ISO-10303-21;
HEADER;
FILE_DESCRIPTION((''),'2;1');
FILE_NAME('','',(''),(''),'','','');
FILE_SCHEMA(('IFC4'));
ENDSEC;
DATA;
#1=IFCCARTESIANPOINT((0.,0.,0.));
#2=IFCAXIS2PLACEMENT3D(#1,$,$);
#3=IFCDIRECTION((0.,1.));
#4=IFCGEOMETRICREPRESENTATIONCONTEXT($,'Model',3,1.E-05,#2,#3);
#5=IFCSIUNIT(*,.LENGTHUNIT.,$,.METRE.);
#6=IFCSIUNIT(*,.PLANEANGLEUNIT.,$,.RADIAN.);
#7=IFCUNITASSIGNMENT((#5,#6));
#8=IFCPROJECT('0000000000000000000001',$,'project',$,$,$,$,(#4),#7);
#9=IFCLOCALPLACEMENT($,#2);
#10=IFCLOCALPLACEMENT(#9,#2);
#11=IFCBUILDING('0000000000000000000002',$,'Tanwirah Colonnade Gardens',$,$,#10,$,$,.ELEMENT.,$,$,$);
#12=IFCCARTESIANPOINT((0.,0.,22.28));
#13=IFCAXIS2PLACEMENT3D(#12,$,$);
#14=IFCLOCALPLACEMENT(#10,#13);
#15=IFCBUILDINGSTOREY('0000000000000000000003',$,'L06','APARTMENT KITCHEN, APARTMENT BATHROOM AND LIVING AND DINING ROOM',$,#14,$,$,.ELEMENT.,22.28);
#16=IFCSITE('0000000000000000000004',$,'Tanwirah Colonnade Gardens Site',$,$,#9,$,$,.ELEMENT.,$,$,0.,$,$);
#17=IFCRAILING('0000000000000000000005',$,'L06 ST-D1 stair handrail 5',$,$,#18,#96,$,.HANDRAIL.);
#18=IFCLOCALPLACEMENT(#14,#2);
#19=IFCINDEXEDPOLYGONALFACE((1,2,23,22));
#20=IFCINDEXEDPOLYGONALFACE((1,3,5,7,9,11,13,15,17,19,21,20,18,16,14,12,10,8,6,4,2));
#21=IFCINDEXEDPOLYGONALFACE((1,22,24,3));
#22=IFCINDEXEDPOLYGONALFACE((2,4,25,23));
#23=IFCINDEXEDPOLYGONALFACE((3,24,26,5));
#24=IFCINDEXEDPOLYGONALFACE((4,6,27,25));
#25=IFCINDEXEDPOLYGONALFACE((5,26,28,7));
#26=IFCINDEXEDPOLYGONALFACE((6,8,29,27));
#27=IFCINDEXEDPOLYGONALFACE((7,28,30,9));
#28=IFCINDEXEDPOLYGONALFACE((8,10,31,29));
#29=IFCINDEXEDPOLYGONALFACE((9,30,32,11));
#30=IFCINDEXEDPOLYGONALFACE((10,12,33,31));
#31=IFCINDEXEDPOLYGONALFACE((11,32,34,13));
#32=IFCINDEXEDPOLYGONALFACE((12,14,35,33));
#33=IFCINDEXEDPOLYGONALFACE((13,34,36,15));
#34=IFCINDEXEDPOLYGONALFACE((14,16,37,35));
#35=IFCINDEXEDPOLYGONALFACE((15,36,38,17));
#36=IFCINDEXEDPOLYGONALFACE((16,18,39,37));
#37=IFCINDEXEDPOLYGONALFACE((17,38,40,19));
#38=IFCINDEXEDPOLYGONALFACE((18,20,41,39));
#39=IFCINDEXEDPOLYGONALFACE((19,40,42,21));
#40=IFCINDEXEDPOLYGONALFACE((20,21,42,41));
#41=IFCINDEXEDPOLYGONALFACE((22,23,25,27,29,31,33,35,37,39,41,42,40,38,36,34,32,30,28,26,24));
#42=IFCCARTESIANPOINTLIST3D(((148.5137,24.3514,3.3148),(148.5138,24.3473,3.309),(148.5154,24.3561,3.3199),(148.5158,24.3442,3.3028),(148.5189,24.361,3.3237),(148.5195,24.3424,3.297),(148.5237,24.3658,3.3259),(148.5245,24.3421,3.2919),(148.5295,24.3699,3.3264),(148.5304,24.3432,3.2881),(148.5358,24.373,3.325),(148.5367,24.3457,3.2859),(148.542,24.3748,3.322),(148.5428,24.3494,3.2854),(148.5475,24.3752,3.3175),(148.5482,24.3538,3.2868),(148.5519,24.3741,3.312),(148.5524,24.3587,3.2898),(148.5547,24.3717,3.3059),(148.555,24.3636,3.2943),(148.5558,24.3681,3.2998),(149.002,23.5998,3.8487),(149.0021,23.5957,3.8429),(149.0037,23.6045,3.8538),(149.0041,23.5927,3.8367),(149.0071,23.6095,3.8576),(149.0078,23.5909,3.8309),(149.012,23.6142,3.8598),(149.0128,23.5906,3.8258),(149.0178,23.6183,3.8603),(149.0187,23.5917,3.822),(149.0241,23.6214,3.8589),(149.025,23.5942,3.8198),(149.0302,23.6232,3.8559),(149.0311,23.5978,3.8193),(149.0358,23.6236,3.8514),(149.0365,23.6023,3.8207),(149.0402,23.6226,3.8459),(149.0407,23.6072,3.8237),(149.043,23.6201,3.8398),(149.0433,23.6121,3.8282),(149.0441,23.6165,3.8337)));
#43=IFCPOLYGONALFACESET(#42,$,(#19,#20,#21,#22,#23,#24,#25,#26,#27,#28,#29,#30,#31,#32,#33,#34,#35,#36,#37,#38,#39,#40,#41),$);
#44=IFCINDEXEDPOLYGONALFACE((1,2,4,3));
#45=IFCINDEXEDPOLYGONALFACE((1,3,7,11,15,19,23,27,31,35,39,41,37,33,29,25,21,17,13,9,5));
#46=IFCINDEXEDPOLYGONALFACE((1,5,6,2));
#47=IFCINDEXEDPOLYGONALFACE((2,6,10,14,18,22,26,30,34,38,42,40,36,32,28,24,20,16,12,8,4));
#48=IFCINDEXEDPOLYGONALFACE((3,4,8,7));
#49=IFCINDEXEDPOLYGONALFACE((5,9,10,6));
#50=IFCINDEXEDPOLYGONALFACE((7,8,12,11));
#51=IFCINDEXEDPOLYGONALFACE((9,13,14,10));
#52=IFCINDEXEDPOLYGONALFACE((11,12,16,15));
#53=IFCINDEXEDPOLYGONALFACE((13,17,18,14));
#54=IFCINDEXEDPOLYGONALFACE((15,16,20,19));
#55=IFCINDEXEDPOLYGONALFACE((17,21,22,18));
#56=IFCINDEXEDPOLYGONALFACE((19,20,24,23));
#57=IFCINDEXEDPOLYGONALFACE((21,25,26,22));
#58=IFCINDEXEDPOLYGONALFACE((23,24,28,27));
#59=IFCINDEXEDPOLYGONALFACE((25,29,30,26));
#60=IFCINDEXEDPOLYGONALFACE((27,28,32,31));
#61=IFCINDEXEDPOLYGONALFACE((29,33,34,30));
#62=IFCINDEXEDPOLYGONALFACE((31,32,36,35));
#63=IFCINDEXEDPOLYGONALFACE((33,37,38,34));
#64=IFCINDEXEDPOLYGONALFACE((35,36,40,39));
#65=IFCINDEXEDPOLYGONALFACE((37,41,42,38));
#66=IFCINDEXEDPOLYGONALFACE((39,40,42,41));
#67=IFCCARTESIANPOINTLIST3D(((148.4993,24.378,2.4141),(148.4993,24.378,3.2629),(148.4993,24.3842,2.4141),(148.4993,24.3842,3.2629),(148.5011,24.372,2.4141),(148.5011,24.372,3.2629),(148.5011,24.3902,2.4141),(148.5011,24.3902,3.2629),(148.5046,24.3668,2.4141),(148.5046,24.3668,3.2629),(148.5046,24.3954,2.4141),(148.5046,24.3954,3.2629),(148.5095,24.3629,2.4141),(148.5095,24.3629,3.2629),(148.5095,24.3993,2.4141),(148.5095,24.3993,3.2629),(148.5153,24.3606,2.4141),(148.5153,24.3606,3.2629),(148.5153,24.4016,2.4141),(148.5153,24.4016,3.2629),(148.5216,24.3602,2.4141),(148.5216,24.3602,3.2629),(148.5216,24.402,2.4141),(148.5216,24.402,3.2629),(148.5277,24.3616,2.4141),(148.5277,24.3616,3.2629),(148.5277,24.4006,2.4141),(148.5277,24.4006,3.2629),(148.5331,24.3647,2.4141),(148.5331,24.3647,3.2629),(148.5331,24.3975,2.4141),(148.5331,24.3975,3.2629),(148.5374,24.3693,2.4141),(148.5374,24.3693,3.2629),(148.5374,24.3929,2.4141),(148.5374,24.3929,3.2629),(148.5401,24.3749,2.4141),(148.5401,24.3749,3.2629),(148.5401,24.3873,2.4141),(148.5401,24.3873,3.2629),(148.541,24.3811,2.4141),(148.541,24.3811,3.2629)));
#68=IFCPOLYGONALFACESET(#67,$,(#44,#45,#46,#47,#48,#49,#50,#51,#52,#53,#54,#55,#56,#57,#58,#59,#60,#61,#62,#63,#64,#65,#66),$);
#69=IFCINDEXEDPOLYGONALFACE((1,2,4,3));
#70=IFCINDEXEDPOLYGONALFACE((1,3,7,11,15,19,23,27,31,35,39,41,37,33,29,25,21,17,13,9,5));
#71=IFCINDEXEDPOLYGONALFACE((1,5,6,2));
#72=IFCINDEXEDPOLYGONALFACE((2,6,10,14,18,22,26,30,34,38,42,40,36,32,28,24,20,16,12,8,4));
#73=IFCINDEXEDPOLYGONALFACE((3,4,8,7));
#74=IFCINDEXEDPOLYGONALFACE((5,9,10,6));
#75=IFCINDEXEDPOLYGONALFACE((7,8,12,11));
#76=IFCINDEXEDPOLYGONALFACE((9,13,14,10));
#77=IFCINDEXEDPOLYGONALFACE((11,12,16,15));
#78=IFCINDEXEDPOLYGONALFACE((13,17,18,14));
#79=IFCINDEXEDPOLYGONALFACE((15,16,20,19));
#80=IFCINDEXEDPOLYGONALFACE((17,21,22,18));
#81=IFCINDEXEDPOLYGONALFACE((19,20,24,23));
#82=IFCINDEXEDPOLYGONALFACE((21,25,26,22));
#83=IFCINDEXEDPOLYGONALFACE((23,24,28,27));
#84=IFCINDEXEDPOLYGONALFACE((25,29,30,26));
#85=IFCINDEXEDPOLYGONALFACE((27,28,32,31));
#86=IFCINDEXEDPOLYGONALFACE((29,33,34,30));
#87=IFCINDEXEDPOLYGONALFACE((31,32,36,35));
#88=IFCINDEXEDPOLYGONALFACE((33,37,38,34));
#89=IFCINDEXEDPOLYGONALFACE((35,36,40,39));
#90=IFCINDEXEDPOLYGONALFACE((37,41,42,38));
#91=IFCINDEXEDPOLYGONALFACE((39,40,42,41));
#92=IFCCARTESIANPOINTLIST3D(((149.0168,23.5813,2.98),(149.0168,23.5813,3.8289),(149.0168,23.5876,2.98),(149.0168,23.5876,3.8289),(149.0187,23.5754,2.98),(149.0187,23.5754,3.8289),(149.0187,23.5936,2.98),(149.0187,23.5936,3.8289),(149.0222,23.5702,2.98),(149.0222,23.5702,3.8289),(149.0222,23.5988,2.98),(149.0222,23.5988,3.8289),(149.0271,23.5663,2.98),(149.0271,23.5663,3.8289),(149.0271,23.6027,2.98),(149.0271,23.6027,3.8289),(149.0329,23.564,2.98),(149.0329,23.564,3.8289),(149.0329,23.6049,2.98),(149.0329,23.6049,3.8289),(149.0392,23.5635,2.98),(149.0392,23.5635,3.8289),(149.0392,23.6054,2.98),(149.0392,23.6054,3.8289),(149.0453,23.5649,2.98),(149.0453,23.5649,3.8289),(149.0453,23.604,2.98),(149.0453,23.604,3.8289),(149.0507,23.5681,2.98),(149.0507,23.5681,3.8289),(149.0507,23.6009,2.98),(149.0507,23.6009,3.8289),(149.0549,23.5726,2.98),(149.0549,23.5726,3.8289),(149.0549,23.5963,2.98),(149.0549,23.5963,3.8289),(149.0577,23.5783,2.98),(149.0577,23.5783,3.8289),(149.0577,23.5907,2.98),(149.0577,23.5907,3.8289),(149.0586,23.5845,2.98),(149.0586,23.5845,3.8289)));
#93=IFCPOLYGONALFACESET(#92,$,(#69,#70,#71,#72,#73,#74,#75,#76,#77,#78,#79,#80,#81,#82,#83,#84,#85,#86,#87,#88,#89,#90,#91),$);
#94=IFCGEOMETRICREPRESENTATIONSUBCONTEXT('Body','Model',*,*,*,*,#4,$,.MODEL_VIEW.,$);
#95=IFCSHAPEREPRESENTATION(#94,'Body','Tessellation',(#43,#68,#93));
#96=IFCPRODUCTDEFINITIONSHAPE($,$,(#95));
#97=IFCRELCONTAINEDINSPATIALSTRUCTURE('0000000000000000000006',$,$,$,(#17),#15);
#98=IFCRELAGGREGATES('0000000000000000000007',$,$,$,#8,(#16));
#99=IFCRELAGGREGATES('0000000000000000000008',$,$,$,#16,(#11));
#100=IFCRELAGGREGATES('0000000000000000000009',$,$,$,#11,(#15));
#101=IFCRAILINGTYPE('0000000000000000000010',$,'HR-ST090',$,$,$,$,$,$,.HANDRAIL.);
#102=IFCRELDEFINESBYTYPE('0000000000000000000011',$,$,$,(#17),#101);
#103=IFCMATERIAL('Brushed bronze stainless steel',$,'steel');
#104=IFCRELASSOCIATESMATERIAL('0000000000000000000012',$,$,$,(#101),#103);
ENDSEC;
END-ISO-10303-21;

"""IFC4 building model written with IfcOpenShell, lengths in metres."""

from ifc_helpers import new_model, si_unit, direction, frame, origin, origin_2d, place, context, subcontext, project, spatial, circle, extrude, material, type_object, element, save


model = new_model("IFC4")

# Units and contexts
model_context = context("Model", 3, precision=1e-05, world=origin(), true_north=direction((0.0, 1.0)))
body_context = subcontext(model_context, "Body", "Model", "MODEL_VIEW")
ifc_project = project(units=[si_unit("LENGTHUNIT", "METRE"), si_unit("PLANEANGLEUNIT", "RADIAN")], contexts=[model_context])

# Site, building, storey
site_placement = place(None, origin())
site = spatial("IfcSite", under=ifc_project, at=site_placement, Name="Tanwirah Colonnade Gardens Site", CompositionType="ELEMENT", RefElevation=0.0)
building_placement = place(site_placement, origin())
building = spatial("IfcBuilding", under=site, at=building_placement, Name="Tanwirah Colonnade Gardens", CompositionType="ELEMENT")
storey_placement = place(building_placement, frame((0.0, 0.0, 22.28)))
storey = spatial("IfcBuildingStorey", under=building, at=storey_placement, Name="L06", Description="APARTMENT KITCHEN, APARTMENT BATHROOM AND LIVING AND DINING ROOM", CompositionType="ELEMENT", Elevation=22.28)

# Railing
ifc_material_1 = material(Name="Brushed bronze stainless steel", Category="steel")
railing_type_1 = type_object("IfcRailingType", Name="HR-ST090", PredefinedType="HANDRAIL", material=ifc_material_1)
railing_1_placement = place(storey_placement, frame((148.52, 24.3811, 2.4141)))
element("IfcRailing", 1, at=railing_1_placement, inside=storey, type_object=railing_type_1, Name="L06 ST-D1 stair handrail 5", PredefinedType="HANDRAIL", context=body_context, shape_type="SweptSolid", body=[
    extrude(circle(Radius=0.0239, at=origin_2d()), frame((0.0146, -0.0225, 0.8918), z_axis=(0.468062, -0.720418, 0.511777), x_axis=(0.838555, 0.544817, 0.0)), (0.0, 0.0, 1.0), 1.0432),
    extrude(circle(Radius=0.021, at=origin_2d()), origin(), (0.0, 0.0, 1.0), 0.8489),
    extrude(circle(Radius=0.021, at=origin_2d()), frame((0.5176, -0.7966, 0.5659)), (0.0, 0.0, 1.0), 0.8489),
])

save(model, "model.ifc")
